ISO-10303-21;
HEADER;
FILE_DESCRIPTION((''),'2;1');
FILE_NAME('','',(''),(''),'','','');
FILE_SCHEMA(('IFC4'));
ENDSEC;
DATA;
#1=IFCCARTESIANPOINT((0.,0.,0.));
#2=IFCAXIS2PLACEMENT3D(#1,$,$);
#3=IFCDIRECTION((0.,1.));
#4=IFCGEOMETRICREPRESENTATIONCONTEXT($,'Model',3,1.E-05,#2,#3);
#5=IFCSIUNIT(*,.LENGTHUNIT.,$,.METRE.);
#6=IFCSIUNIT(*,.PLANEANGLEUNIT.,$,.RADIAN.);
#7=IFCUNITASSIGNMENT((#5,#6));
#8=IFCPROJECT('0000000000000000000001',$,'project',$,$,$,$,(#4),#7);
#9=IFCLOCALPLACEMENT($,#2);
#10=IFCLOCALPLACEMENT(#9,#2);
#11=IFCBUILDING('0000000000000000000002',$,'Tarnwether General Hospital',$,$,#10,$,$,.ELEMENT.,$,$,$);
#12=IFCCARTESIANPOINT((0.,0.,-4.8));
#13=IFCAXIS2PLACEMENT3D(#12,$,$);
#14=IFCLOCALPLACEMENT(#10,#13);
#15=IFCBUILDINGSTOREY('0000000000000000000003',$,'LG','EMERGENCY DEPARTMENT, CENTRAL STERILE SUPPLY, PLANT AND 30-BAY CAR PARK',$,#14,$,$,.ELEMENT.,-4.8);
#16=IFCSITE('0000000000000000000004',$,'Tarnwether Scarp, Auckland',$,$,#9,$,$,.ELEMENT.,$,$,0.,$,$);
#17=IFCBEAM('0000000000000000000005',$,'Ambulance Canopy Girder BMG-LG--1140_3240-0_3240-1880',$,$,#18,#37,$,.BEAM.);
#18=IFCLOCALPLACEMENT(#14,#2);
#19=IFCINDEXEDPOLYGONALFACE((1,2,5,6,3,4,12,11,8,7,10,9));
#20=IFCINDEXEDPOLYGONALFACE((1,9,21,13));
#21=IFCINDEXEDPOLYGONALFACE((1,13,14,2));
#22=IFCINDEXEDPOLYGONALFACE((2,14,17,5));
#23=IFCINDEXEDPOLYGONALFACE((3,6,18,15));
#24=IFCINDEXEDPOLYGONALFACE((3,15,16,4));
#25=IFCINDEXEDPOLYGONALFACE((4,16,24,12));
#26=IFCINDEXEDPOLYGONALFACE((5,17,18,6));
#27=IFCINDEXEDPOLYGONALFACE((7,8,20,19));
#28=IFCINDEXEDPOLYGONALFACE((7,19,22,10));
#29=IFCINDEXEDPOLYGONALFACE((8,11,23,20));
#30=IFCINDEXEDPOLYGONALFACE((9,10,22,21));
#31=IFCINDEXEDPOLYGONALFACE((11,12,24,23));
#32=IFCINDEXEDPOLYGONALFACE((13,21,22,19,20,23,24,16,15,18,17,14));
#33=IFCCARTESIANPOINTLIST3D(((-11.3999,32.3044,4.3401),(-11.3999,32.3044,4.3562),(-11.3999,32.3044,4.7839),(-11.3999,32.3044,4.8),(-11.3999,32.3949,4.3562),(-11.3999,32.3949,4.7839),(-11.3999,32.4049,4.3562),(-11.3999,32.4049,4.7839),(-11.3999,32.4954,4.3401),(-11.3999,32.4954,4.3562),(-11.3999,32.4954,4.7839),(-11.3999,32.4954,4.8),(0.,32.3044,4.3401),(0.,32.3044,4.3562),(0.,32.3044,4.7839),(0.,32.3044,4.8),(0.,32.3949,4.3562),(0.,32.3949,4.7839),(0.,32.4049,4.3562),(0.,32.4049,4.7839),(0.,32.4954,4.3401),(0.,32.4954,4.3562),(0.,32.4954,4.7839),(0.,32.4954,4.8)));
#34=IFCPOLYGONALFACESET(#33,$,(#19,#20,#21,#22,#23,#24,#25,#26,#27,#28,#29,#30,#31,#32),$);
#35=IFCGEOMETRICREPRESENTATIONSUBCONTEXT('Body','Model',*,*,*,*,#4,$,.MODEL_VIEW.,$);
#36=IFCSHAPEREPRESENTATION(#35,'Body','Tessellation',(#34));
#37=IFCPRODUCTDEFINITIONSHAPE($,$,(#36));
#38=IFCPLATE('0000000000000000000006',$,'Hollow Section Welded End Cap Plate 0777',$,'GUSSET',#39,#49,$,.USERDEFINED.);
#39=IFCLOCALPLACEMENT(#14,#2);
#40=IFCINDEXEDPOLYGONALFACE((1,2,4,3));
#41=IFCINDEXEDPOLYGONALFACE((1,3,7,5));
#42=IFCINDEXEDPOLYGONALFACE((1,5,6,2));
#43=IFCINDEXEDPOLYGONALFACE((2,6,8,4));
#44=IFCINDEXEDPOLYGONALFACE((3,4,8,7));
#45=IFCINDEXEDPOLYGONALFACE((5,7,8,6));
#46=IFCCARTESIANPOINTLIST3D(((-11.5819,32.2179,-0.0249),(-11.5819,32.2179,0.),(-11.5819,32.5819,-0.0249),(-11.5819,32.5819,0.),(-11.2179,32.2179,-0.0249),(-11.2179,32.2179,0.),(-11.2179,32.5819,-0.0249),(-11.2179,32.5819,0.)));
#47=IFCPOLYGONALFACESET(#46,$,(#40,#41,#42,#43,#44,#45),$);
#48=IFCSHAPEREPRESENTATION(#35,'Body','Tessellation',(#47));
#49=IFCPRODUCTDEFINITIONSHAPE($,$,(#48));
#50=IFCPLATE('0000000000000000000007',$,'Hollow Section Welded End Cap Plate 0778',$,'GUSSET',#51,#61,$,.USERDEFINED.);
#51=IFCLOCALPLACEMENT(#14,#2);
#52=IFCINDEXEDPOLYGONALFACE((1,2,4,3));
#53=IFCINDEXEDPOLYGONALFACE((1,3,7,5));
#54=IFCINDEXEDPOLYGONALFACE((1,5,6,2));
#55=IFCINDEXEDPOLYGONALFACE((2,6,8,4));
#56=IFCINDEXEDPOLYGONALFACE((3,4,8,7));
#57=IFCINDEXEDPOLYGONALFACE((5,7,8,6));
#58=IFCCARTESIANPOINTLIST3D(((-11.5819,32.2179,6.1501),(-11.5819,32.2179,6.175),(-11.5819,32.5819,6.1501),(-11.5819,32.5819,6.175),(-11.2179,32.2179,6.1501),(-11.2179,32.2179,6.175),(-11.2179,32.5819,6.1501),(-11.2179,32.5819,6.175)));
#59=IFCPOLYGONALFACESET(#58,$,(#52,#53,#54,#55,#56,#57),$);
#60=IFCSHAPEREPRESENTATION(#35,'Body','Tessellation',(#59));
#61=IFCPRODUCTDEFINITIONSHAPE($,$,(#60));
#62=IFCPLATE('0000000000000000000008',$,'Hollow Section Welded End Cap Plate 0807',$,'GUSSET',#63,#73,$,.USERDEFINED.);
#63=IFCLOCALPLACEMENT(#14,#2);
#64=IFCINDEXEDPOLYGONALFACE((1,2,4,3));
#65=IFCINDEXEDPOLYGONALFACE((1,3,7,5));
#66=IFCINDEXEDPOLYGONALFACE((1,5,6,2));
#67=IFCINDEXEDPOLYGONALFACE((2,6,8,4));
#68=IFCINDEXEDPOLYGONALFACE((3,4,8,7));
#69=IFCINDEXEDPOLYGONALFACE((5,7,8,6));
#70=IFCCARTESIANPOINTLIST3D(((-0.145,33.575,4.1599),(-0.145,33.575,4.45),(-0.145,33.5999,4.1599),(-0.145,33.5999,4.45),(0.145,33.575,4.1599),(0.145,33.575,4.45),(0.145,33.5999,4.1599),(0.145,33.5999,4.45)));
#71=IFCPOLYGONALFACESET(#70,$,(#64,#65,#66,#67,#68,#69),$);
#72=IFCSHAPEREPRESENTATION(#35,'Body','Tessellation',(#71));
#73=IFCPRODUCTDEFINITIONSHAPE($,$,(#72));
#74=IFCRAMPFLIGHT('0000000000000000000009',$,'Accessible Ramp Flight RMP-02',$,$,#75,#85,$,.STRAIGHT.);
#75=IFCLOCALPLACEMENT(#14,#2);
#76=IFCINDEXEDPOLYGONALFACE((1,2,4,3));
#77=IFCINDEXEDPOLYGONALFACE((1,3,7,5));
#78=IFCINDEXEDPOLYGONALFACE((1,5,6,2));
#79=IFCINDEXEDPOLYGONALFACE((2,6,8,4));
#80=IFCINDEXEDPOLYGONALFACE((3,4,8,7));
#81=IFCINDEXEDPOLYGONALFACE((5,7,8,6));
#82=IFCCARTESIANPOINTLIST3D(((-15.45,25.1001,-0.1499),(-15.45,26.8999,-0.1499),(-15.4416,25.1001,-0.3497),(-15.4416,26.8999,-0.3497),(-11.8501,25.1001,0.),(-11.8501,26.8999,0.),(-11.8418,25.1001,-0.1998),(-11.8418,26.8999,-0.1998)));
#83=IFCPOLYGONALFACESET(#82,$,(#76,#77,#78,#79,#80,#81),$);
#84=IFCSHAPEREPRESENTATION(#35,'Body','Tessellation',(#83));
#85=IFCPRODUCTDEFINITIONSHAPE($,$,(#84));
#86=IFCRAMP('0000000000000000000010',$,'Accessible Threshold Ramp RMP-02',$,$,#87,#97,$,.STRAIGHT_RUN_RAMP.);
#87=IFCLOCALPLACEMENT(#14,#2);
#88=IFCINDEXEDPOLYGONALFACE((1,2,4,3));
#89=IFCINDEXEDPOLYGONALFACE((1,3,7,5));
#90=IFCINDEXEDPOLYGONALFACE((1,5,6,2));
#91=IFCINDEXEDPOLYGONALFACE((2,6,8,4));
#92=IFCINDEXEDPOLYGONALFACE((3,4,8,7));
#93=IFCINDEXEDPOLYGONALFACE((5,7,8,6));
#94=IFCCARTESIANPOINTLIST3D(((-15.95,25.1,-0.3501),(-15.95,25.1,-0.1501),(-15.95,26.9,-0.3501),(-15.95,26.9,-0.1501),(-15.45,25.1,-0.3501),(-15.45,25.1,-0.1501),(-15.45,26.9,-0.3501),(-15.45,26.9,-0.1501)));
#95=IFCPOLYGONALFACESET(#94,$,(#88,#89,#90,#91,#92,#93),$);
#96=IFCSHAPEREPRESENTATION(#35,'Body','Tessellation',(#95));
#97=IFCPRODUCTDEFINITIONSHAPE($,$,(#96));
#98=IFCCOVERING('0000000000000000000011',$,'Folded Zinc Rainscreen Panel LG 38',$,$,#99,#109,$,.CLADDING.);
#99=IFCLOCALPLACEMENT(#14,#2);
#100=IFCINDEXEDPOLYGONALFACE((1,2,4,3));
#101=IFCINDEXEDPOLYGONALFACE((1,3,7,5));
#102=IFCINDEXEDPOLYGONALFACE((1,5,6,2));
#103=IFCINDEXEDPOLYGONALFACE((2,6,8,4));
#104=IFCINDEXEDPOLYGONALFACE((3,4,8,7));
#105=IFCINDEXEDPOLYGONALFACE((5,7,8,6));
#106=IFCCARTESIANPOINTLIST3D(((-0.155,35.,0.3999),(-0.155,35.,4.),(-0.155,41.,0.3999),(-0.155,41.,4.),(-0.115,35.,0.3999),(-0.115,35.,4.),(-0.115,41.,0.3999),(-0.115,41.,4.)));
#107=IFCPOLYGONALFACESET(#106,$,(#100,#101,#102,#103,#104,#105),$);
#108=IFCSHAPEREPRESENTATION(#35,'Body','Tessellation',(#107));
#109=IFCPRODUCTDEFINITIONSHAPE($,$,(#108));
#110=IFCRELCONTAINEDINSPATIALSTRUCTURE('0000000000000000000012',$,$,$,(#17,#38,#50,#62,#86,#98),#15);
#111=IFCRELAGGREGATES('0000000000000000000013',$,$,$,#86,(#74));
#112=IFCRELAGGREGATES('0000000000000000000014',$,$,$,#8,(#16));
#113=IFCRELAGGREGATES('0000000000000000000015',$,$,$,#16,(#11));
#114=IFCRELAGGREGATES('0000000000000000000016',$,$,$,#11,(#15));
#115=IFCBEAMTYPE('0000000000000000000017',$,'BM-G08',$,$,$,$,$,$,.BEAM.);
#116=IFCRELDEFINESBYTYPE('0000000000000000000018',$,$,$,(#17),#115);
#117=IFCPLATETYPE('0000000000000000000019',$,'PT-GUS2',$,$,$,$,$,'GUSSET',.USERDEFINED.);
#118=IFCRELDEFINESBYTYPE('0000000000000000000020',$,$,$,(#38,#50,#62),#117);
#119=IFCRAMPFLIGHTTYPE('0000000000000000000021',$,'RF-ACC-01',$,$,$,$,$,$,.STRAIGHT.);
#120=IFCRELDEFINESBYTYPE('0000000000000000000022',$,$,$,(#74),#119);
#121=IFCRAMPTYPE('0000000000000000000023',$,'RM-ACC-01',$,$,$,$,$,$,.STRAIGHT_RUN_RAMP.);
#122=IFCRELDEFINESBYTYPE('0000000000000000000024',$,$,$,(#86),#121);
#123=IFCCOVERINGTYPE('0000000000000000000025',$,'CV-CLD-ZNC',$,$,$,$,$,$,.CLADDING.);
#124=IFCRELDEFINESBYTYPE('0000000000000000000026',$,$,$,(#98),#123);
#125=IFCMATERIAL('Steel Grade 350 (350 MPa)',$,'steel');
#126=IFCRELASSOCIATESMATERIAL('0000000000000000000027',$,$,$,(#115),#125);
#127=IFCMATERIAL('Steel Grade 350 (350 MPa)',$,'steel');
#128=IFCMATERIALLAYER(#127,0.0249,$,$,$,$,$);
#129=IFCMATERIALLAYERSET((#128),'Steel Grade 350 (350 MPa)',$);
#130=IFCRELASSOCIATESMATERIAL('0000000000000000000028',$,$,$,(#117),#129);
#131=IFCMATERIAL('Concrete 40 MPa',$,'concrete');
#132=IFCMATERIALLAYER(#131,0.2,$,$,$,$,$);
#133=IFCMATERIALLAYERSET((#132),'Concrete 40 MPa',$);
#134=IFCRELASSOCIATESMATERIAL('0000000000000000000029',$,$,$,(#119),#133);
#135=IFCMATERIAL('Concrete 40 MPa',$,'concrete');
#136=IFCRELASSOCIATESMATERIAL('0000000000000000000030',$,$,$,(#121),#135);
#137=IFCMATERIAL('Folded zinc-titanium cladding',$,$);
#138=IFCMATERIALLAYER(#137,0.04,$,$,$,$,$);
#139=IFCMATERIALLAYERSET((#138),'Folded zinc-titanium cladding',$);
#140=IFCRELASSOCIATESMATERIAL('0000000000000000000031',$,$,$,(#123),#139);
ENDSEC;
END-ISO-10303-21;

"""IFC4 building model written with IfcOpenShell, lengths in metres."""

from ifc_helpers import new_model, si_unit, direction, frame, origin, origin_2d, place, context, subcontext, project, spatial, polyline, rectangle, i_section, outline, extrude, material, layer, layer_set, material_profile, profile_set, type_object, element, aggregate, save


model = new_model("IFC4")

# Units and contexts
model_context = context("Model", 3, precision=1e-05, world=origin(), true_north=direction((0.0, 1.0)))
body_context = subcontext(model_context, "Body", "Model", "MODEL_VIEW")
ifc_project = project(units=[si_unit("LENGTHUNIT", "METRE"), si_unit("PLANEANGLEUNIT", "RADIAN")], contexts=[model_context])

# Site, building, storey
site_placement = place(None, origin())
site = spatial("IfcSite", under=ifc_project, at=site_placement, Name="Tarnwether Scarp, Auckland", CompositionType="ELEMENT", RefElevation=0.0)
building_placement = place(site_placement, origin())
building = spatial("IfcBuilding", under=site, at=building_placement, Name="Tarnwether General Hospital", CompositionType="ELEMENT")
storey_placement = place(building_placement, frame((0.0, 0.0, -4.8)))
storey = spatial("IfcBuildingStorey", under=building, at=storey_placement, Name="LG", Description="EMERGENCY DEPARTMENT, CENTRAL STERILE SUPPLY, PLANT AND 30-BAY CAR PARK", CompositionType="ELEMENT", Elevation=-4.8)

# Beam
ifc_material_1 = material(Name="Steel Grade 350 (350 MPa)", Category="steel")
ifc_material_profile_1 = material_profile(ifc_material_1, i_section(OverallWidth=0.1909, OverallDepth=0.46, WebThickness=0.01, FlangeThickness=0.0161, at=origin_2d()), Name="460UB82.1")
ifc_profile_set_1 = profile_set([ifc_material_profile_1], Name="Steel Grade 350 (350 MPa)")
beam_type_1 = type_object("IfcBeamType", Name="BM-G08", PredefinedType="BEAM", material=ifc_profile_set_1)
beam_1_placement = place(storey_placement, frame((-11.3999, 32.3999, 4.5701), z_axis=(1.0, 0.0, 0.0), x_axis=(0.0, 1.0, 0.0)))
element("IfcBeam", 1, at=beam_1_placement, inside=storey, type_object=beam_type_1, Name="Ambulance Canopy Girder BMG-LG--1140_3240-0_3240-1880", PredefinedType="BEAM", context=body_context, shape_type="SweptSolid", body=[
    extrude(i_section(OverallWidth=0.1909, OverallDepth=0.46, WebThickness=0.01, FlangeThickness=0.0161, at=origin_2d()), origin(), (0.0, 0.0, 1.0), 11.3999),
])

# Plates
ifc_material_2 = material(Name="Steel Grade 350 (350 MPa)", Category="steel")
ifc_layer_1 = layer(ifc_material_2, 0.0249)
ifc_layer_set_1 = layer_set([ifc_layer_1], Name="Steel Grade 350 (350 MPa)")
plate_type = type_object("IfcPlateType", Name="PT-GUS2", ElementType="GUSSET", PredefinedType="USERDEFINED", material=ifc_layer_set_1)
for number, where, z_axis, x_axis, name in (
    (2, (-11.3999, 32.3999, -0.0249), (0.0, 0.0, 1.0), (1.0, 0.0, 0.0), "Hollow Section Welded End Cap Plate 0777"),
    (3, (-11.3999, 32.3999, 6.1501), (0.0, 0.0, 1.0), (1.0, 0.0, 0.0), "Hollow Section Welded End Cap Plate 0778"),
):
    element("IfcPlate", number, at=place(storey_placement, frame(where, z_axis=z_axis, x_axis=x_axis)), inside=storey, type_object=plate_type, Name=name, ObjectType="GUSSET", PredefinedType="USERDEFINED", context=body_context, shape_type="SweptSolid", body=[
        extrude(rectangle(XDim=0.364, YDim=0.364, at=origin_2d()), origin(), (0.0, 0.0, 1.0), 0.0249),
    ])
plate_placement = place(storey_placement, frame((0.0, 33.5874, 4.1599), z_axis=(0.0, 0.0, 1.0), x_axis=(0.0, 1.0, 0.0)))
element("IfcPlate", 4, at=plate_placement, inside=storey, type_object=plate_type, Name="Hollow Section Welded End Cap Plate 0807", ObjectType="GUSSET", PredefinedType="USERDEFINED", context=body_context, shape_type="SweptSolid", body=[
    extrude(rectangle(XDim=0.0249, YDim=0.29, at=origin_2d()), origin(), (0.0, 0.0, 1.0), 0.29),
])

# Ramp flight
ifc_material_3 = material(Name="Concrete 40 MPa", Category="concrete")
ifc_layer_2 = layer(ifc_material_3, 0.2)
ifc_layer_set_2 = layer_set([ifc_layer_2], Name="Concrete 40 MPa")
ramp_flight_type = type_object("IfcRampFlightType", Name="RF-ACC-01", PredefinedType="STRAIGHT", material=ifc_layer_set_2)
ramp_flight_placement = place(storey_placement, frame((-15.45, 25.1001, -0.1499), z_axis=(-0.041605, 0.0, 0.999134), x_axis=(0.999134, 0.0, 0.041605)))
ramp_flight = element("IfcRampFlight", 5, at=ramp_flight_placement, type_object=ramp_flight_type, Name="Accessible Ramp Flight RMP-02", PredefinedType="STRAIGHT", context=body_context, shape_type="SweptSolid", body=[
    extrude(outline(polyline([(0.0, 0.0), (3.603, 0.0), (3.603, 1.7998), (0.0, 1.7998), (0.0, 0.0)])), origin(), (0.0, 0.0, -1.0), 0.2),
])

# Ramp
ifc_material_4 = material(Name="Concrete 40 MPa", Category="concrete")
ramp_type = type_object("IfcRampType", Name="RM-ACC-01", PredefinedType="STRAIGHT_RUN_RAMP", material=ifc_material_4)
ramp_placement = place(storey_placement, frame((-15.7, 26.0, -0.3501), z_axis=(0.0, 0.0, 1.0), x_axis=(1.0, 0.0, 0.0)))
ramp = element("IfcRamp", 6, at=ramp_placement, inside=storey, type_object=ramp_type, Name="Accessible Threshold Ramp RMP-02", PredefinedType="STRAIGHT_RUN_RAMP", context=body_context, shape_type="SweptSolid", body=[
    extrude(rectangle(XDim=0.5, YDim=1.8, at=origin_2d()), origin(), (0.0, 0.0, 1.0), 0.2),
])
aggregate(ramp, [ramp_flight])

# Covering
ifc_material_5 = material(Name="Folded zinc-titanium cladding")
ifc_layer_3 = layer(ifc_material_5, 0.04)
ifc_layer_set_3 = layer_set([ifc_layer_3], Name="Folded zinc-titanium cladding")
covering_type = type_object("IfcCoveringType", Name="CV-CLD-ZNC", PredefinedType="CLADDING", material=ifc_layer_set_3)
covering_placement = place(storey_placement, frame((-0.135, 38.0, 0.3999), z_axis=(0.0, 0.0, 1.0), x_axis=(1.0, 0.0, 0.0)))
element("IfcCovering", 7, at=covering_placement, inside=storey, type_object=covering_type, Name="Folded Zinc Rainscreen Panel LG 38", PredefinedType="CLADDING", context=body_context, shape_type="SweptSolid", body=[
    extrude(rectangle(XDim=0.04, YDim=6.0, at=origin_2d()), origin(), (0.0, 0.0, 1.0), 3.6001),
])

save(model, "model.ifc")
